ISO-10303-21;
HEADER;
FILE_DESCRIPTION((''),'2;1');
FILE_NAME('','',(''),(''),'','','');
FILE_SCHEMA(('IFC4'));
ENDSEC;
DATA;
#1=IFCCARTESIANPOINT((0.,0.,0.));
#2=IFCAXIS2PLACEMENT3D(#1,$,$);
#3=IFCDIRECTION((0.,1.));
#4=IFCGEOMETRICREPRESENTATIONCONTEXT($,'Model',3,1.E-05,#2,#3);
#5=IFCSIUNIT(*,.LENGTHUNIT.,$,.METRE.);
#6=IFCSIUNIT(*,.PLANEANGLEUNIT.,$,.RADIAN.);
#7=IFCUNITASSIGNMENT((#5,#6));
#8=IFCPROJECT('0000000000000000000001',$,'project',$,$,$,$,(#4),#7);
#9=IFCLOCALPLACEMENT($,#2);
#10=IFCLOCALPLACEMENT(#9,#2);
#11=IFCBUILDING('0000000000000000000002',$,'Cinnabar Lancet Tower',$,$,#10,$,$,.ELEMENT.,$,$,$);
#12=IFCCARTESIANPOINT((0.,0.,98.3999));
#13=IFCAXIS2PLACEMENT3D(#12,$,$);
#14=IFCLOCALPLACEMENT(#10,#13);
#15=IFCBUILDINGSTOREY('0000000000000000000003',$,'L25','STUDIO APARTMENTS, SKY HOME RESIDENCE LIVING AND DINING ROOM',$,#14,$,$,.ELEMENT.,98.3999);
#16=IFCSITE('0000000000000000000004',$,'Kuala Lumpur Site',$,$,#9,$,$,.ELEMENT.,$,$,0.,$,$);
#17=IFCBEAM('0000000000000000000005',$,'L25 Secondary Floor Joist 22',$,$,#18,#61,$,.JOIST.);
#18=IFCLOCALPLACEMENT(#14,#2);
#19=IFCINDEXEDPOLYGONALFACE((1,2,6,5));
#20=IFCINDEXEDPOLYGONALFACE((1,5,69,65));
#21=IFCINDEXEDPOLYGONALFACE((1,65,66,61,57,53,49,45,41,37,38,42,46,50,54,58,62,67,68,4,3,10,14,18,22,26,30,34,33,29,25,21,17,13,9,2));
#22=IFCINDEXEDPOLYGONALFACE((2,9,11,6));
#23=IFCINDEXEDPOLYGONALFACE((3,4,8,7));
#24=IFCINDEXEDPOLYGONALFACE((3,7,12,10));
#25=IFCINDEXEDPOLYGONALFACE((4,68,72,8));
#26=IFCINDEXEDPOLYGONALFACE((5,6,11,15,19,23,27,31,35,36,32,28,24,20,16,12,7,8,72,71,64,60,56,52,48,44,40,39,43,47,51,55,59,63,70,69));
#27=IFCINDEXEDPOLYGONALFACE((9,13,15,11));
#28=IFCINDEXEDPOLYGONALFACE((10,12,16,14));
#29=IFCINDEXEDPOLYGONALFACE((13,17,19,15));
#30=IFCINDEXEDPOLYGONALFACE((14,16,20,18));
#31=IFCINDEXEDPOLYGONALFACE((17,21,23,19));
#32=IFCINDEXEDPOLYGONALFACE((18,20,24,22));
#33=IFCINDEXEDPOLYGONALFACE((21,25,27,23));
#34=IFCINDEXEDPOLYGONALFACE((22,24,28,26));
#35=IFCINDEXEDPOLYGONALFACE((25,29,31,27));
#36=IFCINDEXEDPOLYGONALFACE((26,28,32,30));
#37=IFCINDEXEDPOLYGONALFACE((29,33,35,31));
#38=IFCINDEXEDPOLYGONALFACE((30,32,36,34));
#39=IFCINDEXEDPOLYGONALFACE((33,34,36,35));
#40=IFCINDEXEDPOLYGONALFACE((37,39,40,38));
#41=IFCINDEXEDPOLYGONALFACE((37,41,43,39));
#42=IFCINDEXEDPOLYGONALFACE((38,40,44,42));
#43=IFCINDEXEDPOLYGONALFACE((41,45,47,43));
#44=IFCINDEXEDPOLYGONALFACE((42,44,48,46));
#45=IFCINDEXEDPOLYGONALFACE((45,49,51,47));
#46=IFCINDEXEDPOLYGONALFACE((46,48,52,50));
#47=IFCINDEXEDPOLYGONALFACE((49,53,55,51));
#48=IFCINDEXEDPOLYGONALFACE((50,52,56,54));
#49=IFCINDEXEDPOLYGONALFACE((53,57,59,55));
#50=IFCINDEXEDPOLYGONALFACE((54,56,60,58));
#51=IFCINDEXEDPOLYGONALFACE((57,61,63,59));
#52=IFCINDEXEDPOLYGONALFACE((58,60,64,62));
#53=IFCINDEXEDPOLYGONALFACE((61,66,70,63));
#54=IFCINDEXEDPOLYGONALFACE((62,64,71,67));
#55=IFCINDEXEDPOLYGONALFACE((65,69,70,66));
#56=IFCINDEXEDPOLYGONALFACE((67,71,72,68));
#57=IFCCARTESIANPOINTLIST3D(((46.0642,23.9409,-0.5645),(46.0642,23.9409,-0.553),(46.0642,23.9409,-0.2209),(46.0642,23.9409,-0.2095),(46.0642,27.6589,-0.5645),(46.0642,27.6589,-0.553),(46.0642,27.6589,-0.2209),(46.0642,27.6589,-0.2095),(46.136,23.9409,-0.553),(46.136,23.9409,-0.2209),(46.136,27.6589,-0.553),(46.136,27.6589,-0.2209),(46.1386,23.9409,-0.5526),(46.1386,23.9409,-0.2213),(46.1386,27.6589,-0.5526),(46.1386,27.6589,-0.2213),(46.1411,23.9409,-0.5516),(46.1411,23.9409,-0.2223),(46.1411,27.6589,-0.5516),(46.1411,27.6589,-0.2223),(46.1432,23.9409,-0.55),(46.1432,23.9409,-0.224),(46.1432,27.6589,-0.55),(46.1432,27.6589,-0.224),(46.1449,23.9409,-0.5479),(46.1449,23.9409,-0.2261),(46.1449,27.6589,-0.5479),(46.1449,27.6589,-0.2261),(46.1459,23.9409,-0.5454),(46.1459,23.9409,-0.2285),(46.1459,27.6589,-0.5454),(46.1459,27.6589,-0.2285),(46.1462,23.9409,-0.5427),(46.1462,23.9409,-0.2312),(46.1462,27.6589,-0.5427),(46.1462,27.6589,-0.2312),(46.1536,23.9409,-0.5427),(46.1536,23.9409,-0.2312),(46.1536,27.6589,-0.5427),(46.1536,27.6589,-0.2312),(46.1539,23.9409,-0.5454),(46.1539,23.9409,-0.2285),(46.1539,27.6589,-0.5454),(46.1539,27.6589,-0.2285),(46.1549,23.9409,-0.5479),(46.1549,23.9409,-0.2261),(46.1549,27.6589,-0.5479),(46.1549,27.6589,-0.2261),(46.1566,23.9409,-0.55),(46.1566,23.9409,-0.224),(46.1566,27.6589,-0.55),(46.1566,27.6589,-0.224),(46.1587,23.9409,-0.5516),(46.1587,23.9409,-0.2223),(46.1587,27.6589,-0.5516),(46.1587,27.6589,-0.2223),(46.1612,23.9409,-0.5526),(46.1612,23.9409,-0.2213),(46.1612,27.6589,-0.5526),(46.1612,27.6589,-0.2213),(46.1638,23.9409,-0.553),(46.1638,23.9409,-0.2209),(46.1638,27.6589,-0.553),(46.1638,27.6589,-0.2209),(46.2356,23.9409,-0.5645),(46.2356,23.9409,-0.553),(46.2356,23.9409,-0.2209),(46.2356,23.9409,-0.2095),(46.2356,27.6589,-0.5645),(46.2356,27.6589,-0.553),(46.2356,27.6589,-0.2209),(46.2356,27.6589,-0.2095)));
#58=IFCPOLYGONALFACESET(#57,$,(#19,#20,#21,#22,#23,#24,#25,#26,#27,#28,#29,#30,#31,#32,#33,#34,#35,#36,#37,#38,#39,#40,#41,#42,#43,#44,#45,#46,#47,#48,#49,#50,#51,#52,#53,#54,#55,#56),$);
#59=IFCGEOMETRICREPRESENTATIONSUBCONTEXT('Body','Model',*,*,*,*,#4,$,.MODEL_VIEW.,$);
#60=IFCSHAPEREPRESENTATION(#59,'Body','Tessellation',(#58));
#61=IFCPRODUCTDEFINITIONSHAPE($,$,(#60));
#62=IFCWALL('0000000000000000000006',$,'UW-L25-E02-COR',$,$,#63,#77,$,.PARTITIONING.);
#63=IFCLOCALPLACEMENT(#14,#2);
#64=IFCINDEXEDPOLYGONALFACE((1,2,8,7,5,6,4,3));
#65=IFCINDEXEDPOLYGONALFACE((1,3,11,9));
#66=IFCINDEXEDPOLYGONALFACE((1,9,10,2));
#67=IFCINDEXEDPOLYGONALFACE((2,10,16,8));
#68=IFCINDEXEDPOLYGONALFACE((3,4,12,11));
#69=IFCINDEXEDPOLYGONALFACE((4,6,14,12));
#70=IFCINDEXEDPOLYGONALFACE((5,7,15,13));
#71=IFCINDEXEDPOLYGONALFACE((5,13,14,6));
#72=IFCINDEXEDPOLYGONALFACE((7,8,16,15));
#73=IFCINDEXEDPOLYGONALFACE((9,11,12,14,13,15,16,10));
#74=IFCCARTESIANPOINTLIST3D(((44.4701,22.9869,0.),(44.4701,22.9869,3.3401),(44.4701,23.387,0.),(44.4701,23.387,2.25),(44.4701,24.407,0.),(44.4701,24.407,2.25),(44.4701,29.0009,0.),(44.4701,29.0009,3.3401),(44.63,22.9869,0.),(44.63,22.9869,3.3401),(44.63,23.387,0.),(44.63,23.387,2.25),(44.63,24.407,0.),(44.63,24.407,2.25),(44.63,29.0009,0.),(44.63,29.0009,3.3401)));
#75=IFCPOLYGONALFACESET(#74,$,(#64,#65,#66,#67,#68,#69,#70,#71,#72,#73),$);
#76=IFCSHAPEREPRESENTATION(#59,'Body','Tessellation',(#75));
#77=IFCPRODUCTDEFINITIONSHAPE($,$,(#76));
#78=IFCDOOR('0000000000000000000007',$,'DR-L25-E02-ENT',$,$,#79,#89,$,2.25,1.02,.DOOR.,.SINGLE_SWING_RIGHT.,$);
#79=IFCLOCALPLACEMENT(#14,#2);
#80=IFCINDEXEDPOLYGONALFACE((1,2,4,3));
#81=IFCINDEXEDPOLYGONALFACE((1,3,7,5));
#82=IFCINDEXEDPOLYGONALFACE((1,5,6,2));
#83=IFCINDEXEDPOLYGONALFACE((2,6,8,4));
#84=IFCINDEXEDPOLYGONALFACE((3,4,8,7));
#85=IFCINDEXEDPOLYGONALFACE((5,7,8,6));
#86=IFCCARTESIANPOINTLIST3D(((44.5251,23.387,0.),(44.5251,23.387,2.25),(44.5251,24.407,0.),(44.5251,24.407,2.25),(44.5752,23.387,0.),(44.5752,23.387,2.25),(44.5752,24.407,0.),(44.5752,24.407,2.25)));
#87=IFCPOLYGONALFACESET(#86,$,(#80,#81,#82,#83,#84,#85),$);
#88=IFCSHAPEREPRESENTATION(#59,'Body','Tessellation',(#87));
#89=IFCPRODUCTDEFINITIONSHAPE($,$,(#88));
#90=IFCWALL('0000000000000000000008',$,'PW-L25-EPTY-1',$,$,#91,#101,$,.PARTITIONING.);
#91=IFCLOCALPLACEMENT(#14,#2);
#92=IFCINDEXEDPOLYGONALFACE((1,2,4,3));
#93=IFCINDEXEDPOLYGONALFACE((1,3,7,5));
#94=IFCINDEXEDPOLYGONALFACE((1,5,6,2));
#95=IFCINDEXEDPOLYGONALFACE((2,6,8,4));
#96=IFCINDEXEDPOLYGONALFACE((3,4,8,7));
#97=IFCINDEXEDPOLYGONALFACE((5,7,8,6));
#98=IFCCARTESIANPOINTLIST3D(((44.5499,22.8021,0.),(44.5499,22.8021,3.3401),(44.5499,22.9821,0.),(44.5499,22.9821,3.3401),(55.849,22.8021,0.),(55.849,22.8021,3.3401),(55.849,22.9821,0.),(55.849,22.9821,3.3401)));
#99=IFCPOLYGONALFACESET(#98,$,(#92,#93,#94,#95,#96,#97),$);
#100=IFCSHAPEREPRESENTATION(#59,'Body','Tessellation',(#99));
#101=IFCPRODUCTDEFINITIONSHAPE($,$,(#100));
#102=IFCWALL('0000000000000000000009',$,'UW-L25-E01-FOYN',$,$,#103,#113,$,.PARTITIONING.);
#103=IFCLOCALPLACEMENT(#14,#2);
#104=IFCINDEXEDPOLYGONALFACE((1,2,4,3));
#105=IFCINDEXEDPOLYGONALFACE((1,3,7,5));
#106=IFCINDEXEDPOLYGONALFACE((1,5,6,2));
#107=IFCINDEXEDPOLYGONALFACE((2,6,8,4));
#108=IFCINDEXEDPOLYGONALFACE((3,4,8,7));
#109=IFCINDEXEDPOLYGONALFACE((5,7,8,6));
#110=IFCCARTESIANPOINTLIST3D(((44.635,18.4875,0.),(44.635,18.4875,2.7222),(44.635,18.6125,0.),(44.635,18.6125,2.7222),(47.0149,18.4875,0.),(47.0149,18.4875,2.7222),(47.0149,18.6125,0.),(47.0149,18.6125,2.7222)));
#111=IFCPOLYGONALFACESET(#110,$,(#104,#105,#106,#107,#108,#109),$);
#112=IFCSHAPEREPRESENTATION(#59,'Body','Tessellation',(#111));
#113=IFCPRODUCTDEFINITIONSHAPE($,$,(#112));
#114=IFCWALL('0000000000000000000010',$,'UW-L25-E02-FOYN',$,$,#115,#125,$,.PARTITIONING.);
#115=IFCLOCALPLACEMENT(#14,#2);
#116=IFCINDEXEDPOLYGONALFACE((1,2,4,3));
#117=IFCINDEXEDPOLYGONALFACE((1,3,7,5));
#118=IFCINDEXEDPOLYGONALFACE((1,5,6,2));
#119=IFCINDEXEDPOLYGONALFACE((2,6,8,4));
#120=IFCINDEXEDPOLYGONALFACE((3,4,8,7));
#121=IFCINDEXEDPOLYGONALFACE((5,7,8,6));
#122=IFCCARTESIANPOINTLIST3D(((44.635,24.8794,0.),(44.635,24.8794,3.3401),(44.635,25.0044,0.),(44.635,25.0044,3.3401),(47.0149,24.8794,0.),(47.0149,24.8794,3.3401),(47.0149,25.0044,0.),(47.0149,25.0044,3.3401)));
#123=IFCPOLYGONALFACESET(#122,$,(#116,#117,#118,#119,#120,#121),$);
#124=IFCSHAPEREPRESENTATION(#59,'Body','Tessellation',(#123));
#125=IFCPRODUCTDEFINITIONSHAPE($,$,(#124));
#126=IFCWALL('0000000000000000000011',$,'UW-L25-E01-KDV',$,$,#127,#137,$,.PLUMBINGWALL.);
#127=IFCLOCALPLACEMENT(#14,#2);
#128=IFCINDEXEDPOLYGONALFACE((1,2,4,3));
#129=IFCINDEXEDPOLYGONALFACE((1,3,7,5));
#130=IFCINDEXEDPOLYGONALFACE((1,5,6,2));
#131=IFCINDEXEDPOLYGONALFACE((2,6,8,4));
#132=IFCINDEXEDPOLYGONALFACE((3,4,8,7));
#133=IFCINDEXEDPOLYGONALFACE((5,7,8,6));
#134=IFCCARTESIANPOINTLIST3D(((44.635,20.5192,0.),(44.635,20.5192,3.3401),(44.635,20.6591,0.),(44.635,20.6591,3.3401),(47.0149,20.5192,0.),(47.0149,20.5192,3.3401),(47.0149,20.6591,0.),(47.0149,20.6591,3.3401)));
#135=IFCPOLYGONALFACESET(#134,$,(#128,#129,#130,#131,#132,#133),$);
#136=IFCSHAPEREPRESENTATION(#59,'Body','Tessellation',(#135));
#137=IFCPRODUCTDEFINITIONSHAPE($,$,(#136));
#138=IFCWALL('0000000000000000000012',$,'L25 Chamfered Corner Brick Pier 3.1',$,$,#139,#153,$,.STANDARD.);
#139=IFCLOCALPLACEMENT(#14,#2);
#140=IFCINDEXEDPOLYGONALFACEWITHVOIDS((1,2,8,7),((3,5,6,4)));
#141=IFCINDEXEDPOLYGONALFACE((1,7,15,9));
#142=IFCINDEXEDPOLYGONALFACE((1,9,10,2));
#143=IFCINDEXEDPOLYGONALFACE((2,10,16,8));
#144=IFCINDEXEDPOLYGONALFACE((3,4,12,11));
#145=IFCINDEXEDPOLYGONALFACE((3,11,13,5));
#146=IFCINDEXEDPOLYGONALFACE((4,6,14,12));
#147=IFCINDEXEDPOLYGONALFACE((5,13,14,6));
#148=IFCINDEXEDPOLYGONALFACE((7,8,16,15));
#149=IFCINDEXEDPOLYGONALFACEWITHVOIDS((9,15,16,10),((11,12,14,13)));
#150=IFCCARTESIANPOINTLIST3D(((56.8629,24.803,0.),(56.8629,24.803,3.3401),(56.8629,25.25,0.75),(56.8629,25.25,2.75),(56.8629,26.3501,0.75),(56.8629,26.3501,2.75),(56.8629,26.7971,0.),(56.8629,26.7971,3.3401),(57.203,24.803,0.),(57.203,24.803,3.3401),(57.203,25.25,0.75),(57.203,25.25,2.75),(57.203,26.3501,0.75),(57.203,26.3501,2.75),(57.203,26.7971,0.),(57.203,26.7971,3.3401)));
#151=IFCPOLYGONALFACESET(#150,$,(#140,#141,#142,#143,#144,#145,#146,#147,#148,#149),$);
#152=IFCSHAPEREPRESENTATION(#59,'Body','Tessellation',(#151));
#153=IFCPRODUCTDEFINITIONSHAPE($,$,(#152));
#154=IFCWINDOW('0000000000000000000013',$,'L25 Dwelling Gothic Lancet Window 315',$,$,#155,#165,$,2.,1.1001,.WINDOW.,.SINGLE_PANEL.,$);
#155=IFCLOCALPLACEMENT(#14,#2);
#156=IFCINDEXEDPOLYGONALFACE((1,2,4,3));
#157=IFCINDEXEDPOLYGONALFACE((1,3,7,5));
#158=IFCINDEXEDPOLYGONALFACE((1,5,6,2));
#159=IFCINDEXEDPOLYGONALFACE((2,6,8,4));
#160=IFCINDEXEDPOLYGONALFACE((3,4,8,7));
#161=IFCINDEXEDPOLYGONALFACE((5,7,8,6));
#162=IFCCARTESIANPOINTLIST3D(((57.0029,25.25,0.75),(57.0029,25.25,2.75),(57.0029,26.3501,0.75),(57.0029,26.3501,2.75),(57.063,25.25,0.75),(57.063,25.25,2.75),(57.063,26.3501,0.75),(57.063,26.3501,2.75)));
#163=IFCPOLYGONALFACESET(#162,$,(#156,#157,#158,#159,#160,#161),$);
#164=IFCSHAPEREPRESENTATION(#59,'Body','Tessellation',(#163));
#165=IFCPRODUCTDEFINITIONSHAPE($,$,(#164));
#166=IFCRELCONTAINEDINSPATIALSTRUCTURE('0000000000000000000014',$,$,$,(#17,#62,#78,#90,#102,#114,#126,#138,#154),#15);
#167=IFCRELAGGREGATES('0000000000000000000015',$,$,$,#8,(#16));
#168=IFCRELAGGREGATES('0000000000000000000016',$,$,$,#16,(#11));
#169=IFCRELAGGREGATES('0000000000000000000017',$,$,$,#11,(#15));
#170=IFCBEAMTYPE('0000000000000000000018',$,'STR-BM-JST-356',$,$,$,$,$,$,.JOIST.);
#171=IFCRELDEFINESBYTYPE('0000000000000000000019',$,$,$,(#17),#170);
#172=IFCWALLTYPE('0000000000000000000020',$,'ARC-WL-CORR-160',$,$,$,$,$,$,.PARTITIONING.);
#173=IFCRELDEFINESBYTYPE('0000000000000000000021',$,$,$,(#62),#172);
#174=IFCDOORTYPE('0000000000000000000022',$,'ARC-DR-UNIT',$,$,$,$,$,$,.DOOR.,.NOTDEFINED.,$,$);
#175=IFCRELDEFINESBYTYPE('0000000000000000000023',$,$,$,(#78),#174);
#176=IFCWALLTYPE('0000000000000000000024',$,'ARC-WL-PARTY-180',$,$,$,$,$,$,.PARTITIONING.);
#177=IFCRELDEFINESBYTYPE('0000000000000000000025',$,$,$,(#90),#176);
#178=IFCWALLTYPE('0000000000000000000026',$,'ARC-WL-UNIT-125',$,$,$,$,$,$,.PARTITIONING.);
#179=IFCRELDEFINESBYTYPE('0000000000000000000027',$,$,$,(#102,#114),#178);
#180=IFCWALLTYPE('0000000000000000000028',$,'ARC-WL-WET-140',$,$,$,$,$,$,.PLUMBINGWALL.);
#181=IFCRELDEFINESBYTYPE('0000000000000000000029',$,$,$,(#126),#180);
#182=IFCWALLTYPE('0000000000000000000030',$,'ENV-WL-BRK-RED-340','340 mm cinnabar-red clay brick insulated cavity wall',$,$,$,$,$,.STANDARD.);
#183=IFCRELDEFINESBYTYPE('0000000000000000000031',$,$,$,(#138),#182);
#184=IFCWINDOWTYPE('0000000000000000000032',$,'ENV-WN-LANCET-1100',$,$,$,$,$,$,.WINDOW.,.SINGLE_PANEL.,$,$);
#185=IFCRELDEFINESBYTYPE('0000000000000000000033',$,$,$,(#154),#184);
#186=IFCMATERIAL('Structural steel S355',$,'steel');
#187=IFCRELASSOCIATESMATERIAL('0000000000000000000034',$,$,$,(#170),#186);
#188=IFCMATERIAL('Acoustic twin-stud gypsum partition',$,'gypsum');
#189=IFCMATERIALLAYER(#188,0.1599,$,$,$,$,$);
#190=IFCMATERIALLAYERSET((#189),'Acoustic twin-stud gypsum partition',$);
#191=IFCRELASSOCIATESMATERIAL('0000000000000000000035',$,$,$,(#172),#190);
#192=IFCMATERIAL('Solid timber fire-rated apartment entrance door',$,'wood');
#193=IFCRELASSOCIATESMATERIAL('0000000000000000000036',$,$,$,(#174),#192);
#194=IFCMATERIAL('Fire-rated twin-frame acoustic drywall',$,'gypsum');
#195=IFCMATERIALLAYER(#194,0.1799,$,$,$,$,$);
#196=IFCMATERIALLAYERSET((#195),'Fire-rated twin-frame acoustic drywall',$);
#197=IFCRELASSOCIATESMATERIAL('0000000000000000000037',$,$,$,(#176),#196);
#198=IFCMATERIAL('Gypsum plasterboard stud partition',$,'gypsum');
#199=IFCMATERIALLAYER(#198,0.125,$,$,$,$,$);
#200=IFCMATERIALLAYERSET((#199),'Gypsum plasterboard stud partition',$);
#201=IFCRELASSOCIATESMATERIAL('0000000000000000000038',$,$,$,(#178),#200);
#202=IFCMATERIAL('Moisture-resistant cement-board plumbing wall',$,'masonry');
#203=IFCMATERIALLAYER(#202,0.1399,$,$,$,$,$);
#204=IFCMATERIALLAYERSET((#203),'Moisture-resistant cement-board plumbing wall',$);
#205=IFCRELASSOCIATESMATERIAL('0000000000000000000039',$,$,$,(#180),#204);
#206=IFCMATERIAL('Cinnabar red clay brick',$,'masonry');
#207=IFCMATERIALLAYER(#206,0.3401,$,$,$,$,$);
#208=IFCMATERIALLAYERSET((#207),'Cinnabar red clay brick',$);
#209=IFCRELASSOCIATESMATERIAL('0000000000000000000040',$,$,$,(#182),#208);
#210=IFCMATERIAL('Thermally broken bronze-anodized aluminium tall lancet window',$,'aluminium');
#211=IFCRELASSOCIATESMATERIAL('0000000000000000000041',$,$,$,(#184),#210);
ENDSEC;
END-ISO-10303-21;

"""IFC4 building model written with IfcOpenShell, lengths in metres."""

from ifc_helpers import new_model, si_unit, direction, frame, frame_2d, origin, origin_2d, place, context, subcontext, project, spatial, rectangle, i_section, extrude, material, layer, layer_set, material_profile, profile_set, type_object, element, fill, save


model = new_model("IFC4")

# Units and contexts
model_context = context("Model", 3, precision=1e-05, world=origin(), true_north=direction((0.0, 1.0)))
body_context = subcontext(model_context, "Body", "Model", "MODEL_VIEW")
ifc_project = project(units=[si_unit("LENGTHUNIT", "METRE"), si_unit("PLANEANGLEUNIT", "RADIAN")], contexts=[model_context])

# Site, building, storey
site_placement = place(None, origin())
site = spatial("IfcSite", under=ifc_project, at=site_placement, Name="Kuala Lumpur Site", CompositionType="ELEMENT", RefElevation=0.0)
building_placement = place(site_placement, origin())
building = spatial("IfcBuilding", under=site, at=building_placement, Name="Cinnabar Lancet Tower", CompositionType="ELEMENT")
storey_placement = place(building_placement, frame((0.0, 0.0, 98.3999)))
storey = spatial("IfcBuildingStorey", under=building, at=storey_placement, Name="L25", Description="STUDIO APARTMENTS, SKY HOME RESIDENCE LIVING AND DINING ROOM", CompositionType="ELEMENT", Elevation=98.3999)

# Beam
ifc_material_1 = material(Name="Structural steel S355", Category="steel")
ifc_material_profile_1 = material_profile(ifc_material_1, i_section(OverallWidth=0.1714, OverallDepth=0.355, WebThickness=0.0073, FlangeThickness=0.0115, FilletRadius=0.0103, at=origin_2d()), Name="UKB 356x171x51")
ifc_profile_set_1 = profile_set([ifc_material_profile_1], Name="Structural steel S355")
beam_type = type_object("IfcBeamType", Name="STR-BM-JST-356", PredefinedType="JOIST", material=ifc_profile_set_1)
for number, where, z_axis, x_axis, name in (
    (1, (46.1499, 23.9409, -0.387), (0.0, 1.0, 0.0), (-1.0, 0.0, 0.0), "L25 Secondary Floor Joist 22"),
):
    element("IfcBeam", number, at=place(storey_placement, frame(where, z_axis=z_axis, x_axis=x_axis)), inside=storey, type_object=beam_type, Name=name, PredefinedType="JOIST", context=body_context, shape_type="SweptSolid", body=[
        extrude(i_section(OverallWidth=0.1714, OverallDepth=0.355, WebThickness=0.0073, FlangeThickness=0.0115, FilletRadius=0.0103, at=origin_2d()), origin(), (0.0, 0.0, 1.0), 3.718),
    ])

# Wall, opening, door
ifc_material_2 = material(Name="Acoustic twin-stud gypsum partition", Category="gypsum")
ifc_layer_1 = layer(ifc_material_2, 0.1599)
ifc_layer_set_1 = layer_set([ifc_layer_1], Name="Acoustic twin-stud gypsum partition")
wall_type_1 = type_object("IfcWallType", Name="ARC-WL-CORR-160", PredefinedType="PARTITIONING", material=ifc_layer_set_1)
wall_1_placement = place(storey_placement, frame((44.55, 22.9871, 0.0), z_axis=(0.0, 0.0, 1.0), x_axis=(0.0, 1.0, 0.0)))
wall_1 = element("IfcWall", 2, at=wall_1_placement, inside=storey, type_object=wall_type_1, Name="UW-L25-E02-COR", PredefinedType="PARTITIONING", context=body_context, shape_type="SweptSolid", body=[
    extrude(rectangle(XDim=6.0139, YDim=0.1599, at=frame_2d((3.0068, 0.0))), origin(), (0.0, 0.0, 1.0), 3.3401),
])
opening_1_placement = place(wall_1_placement, frame((0.3999, 0.0, 0.0)))
opening_1 = element("IfcOpeningElement", 3, at=opening_1_placement, cuts=wall_1, PredefinedType="OPENING", context=body_context, shape_type="SweptSolid", body=[
    extrude(rectangle(XDim=1.02, YDim=2.25, at=frame_2d((0.51, 1.125))), frame((0.0, 0.0898, 0.0), z_axis=(0.0, -1.0, 0.0), x_axis=(1.0, 0.0, 0.0)), (0.0, 0.0, 1.0), 0.1799),
])
ifc_material_3 = material(Name="Solid timber fire-rated apartment entrance door", Category="wood")
door_type_1 = type_object("IfcDoorType", Name="ARC-DR-UNIT", OperationType="NOTDEFINED", PredefinedType="DOOR", material=ifc_material_3)
door_1_placement = place(opening_1_placement, origin())
door_1 = element("IfcDoor", 4, at=door_1_placement, inside=storey, type_object=door_type_1, Name="DR-L25-E02-ENT", OperationType="SINGLE_SWING_RIGHT", OverallHeight=2.25, OverallWidth=1.02, PredefinedType="DOOR", context=body_context, shape_type="SweptSolid", body=[
    extrude(rectangle(XDim=1.02, YDim=2.25, at=frame_2d((0.51, 1.125))), frame((0.0, 0.0249, 0.0), z_axis=(0.0, -1.0, 0.0), x_axis=(1.0, 0.0, 0.0)), (0.0, 0.0, 1.0), 0.05),
])
fill(opening_1, door_1)

# Walls
ifc_material_4 = material(Name="Fire-rated twin-frame acoustic drywall", Category="gypsum")
ifc_layer_2 = layer(ifc_material_4, 0.1799)
ifc_layer_set_2 = layer_set([ifc_layer_2], Name="Fire-rated twin-frame acoustic drywall")
wall_type_2 = type_object("IfcWallType", Name="ARC-WL-PARTY-180", PredefinedType="PARTITIONING", material=ifc_layer_set_2)
wall_2_placement = place(storey_placement, frame((44.55, 22.8921, 0.0), z_axis=(0.0, 0.0, 1.0), x_axis=(1.0, 0.0, 0.0)))
element("IfcWall", 5, at=wall_2_placement, inside=storey, type_object=wall_type_2, Name="PW-L25-EPTY-1", PredefinedType="PARTITIONING", context=body_context, shape_type="SweptSolid", body=[
    extrude(rectangle(XDim=11.2991, YDim=0.1799, at=frame_2d((5.6494, 0.0))), origin(), (0.0, 0.0, 1.0), 3.3401),
])
ifc_material_5 = material(Name="Gypsum plasterboard stud partition", Category="gypsum")
ifc_layer_3 = layer(ifc_material_5, 0.125)
ifc_layer_set_3 = layer_set([ifc_layer_3], Name="Gypsum plasterboard stud partition")
wall_type_3 = type_object("IfcWallType", Name="ARC-WL-UNIT-125", PredefinedType="PARTITIONING", material=ifc_layer_set_3)
wall_3_placement = place(storey_placement, frame((44.635, 18.55, 0.0), z_axis=(0.0, 0.0, 1.0), x_axis=(1.0, 0.0, 0.0)))
element("IfcWall", 6, at=wall_3_placement, inside=storey, type_object=wall_type_3, Name="UW-L25-E01-FOYN", PredefinedType="PARTITIONING", context=body_context, shape_type="SweptSolid", body=[
    extrude(rectangle(XDim=2.3799, YDim=0.125, at=frame_2d((1.1899, 0.0))), origin(), (0.0, 0.0, 1.0), 2.7222),
])
wall_4_placement = place(storey_placement, frame((44.635, 24.9419, 0.0), z_axis=(0.0, 0.0, 1.0), x_axis=(1.0, 0.0, 0.0)))
element("IfcWall", 7, at=wall_4_placement, inside=storey, type_object=wall_type_3, Name="UW-L25-E02-FOYN", PredefinedType="PARTITIONING", context=body_context, shape_type="SweptSolid", body=[
    extrude(rectangle(XDim=2.3799, YDim=0.125, at=frame_2d((1.1899, 0.0))), origin(), (0.0, 0.0, 1.0), 3.3401),
])

# Shared definitions
ifc_material_6 = material(Name="Moisture-resistant cement-board plumbing wall", Category="masonry")
ifc_layer_4 = layer(ifc_material_6, 0.1399)
ifc_layer_set_4 = layer_set([ifc_layer_4], Name="Moisture-resistant cement-board plumbing wall")
wall_type_4 = type_object("IfcWallType", Name="ARC-WL-WET-140", PredefinedType="PLUMBINGWALL", material=ifc_layer_set_4)

# Wall
wall_5_placement = place(storey_placement, frame((44.635, 20.5891, 0.0), z_axis=(0.0, 0.0, 1.0), x_axis=(1.0, 0.0, 0.0)))
element("IfcWall", 8, at=wall_5_placement, inside=storey, type_object=wall_type_4, Name="UW-L25-E01-KDV", PredefinedType="PLUMBINGWALL", context=body_context, shape_type="SweptSolid", body=[
    extrude(rectangle(XDim=2.3799, YDim=0.1399, at=frame_2d((1.1899, 0.0))), origin(), (0.0, 0.0, 1.0), 3.3401),
])

# Wall, opening, window
ifc_material_7 = material(Name="Cinnabar red clay brick", Category="masonry")
ifc_layer_5 = layer(ifc_material_7, 0.3401)
ifc_layer_set_5 = layer_set([ifc_layer_5], Name="Cinnabar red clay brick")
wall_type_5 = type_object("IfcWallType", Name="ENV-WL-BRK-RED-340", Description="340 mm cinnabar-red clay brick insulated cavity wall", PredefinedType="STANDARD", material=ifc_layer_set_5)
wall_6_placement = place(storey_placement, frame((57.033, 24.803, 0.0), z_axis=(0.0, 0.0, 1.0), x_axis=(0.0, 1.0, 0.0)))
wall_6 = element("IfcWall", 9, at=wall_6_placement, inside=storey, type_object=wall_type_5, Name="L25 Chamfered Corner Brick Pier 3.1", PredefinedType="STANDARD", context=body_context, shape_type="SweptSolid", body=[
    extrude(rectangle(XDim=1.9941, YDim=0.3401, at=frame_2d((0.9971, 0.0))), origin(), (0.0, 0.0, 1.0), 3.3401),
])
opening_2_placement = place(wall_6_placement, frame((0.447, 0.0, 0.75)))
opening_2 = element("IfcOpeningElement", 10, at=opening_2_placement, cuts=wall_6, PredefinedType="OPENING", context=body_context, shape_type="SweptSolid", body=[
    extrude(rectangle(XDim=1.1001, YDim=2.0, at=frame_2d((0.55, 1.0))), frame((0.0, 0.1799, 0.0), z_axis=(0.0, -1.0, 0.0), x_axis=(1.0, 0.0, 0.0)), (0.0, 0.0, 1.0), 0.3601),
])
ifc_material_8 = material(Name="Thermally broken bronze-anodized aluminium tall lancet window", Category="aluminium")
window_type = type_object("IfcWindowType", Name="ENV-WN-LANCET-1100", PartitioningType="SINGLE_PANEL", PredefinedType="WINDOW", material=ifc_material_8)
window_1_placement = place(opening_2_placement, origin())
window_1 = element("IfcWindow", 11, at=window_1_placement, inside=storey, type_object=window_type, Name="L25 Dwelling Gothic Lancet Window 315", OverallHeight=2.0, OverallWidth=1.1001, PartitioningType="SINGLE_PANEL", PredefinedType="WINDOW", context=body_context, shape_type="SweptSolid", body=[
    extrude(rectangle(XDim=1.1001, YDim=2.0, at=frame_2d((0.55, 1.0))), frame((0.0, 0.03, 0.0), z_axis=(0.0, -1.0, 0.0), x_axis=(1.0, 0.0, 0.0)), (0.0, 0.0, 1.0), 0.0601),
])
fill(opening_2, window_1)

save(model, "model.ifc")
